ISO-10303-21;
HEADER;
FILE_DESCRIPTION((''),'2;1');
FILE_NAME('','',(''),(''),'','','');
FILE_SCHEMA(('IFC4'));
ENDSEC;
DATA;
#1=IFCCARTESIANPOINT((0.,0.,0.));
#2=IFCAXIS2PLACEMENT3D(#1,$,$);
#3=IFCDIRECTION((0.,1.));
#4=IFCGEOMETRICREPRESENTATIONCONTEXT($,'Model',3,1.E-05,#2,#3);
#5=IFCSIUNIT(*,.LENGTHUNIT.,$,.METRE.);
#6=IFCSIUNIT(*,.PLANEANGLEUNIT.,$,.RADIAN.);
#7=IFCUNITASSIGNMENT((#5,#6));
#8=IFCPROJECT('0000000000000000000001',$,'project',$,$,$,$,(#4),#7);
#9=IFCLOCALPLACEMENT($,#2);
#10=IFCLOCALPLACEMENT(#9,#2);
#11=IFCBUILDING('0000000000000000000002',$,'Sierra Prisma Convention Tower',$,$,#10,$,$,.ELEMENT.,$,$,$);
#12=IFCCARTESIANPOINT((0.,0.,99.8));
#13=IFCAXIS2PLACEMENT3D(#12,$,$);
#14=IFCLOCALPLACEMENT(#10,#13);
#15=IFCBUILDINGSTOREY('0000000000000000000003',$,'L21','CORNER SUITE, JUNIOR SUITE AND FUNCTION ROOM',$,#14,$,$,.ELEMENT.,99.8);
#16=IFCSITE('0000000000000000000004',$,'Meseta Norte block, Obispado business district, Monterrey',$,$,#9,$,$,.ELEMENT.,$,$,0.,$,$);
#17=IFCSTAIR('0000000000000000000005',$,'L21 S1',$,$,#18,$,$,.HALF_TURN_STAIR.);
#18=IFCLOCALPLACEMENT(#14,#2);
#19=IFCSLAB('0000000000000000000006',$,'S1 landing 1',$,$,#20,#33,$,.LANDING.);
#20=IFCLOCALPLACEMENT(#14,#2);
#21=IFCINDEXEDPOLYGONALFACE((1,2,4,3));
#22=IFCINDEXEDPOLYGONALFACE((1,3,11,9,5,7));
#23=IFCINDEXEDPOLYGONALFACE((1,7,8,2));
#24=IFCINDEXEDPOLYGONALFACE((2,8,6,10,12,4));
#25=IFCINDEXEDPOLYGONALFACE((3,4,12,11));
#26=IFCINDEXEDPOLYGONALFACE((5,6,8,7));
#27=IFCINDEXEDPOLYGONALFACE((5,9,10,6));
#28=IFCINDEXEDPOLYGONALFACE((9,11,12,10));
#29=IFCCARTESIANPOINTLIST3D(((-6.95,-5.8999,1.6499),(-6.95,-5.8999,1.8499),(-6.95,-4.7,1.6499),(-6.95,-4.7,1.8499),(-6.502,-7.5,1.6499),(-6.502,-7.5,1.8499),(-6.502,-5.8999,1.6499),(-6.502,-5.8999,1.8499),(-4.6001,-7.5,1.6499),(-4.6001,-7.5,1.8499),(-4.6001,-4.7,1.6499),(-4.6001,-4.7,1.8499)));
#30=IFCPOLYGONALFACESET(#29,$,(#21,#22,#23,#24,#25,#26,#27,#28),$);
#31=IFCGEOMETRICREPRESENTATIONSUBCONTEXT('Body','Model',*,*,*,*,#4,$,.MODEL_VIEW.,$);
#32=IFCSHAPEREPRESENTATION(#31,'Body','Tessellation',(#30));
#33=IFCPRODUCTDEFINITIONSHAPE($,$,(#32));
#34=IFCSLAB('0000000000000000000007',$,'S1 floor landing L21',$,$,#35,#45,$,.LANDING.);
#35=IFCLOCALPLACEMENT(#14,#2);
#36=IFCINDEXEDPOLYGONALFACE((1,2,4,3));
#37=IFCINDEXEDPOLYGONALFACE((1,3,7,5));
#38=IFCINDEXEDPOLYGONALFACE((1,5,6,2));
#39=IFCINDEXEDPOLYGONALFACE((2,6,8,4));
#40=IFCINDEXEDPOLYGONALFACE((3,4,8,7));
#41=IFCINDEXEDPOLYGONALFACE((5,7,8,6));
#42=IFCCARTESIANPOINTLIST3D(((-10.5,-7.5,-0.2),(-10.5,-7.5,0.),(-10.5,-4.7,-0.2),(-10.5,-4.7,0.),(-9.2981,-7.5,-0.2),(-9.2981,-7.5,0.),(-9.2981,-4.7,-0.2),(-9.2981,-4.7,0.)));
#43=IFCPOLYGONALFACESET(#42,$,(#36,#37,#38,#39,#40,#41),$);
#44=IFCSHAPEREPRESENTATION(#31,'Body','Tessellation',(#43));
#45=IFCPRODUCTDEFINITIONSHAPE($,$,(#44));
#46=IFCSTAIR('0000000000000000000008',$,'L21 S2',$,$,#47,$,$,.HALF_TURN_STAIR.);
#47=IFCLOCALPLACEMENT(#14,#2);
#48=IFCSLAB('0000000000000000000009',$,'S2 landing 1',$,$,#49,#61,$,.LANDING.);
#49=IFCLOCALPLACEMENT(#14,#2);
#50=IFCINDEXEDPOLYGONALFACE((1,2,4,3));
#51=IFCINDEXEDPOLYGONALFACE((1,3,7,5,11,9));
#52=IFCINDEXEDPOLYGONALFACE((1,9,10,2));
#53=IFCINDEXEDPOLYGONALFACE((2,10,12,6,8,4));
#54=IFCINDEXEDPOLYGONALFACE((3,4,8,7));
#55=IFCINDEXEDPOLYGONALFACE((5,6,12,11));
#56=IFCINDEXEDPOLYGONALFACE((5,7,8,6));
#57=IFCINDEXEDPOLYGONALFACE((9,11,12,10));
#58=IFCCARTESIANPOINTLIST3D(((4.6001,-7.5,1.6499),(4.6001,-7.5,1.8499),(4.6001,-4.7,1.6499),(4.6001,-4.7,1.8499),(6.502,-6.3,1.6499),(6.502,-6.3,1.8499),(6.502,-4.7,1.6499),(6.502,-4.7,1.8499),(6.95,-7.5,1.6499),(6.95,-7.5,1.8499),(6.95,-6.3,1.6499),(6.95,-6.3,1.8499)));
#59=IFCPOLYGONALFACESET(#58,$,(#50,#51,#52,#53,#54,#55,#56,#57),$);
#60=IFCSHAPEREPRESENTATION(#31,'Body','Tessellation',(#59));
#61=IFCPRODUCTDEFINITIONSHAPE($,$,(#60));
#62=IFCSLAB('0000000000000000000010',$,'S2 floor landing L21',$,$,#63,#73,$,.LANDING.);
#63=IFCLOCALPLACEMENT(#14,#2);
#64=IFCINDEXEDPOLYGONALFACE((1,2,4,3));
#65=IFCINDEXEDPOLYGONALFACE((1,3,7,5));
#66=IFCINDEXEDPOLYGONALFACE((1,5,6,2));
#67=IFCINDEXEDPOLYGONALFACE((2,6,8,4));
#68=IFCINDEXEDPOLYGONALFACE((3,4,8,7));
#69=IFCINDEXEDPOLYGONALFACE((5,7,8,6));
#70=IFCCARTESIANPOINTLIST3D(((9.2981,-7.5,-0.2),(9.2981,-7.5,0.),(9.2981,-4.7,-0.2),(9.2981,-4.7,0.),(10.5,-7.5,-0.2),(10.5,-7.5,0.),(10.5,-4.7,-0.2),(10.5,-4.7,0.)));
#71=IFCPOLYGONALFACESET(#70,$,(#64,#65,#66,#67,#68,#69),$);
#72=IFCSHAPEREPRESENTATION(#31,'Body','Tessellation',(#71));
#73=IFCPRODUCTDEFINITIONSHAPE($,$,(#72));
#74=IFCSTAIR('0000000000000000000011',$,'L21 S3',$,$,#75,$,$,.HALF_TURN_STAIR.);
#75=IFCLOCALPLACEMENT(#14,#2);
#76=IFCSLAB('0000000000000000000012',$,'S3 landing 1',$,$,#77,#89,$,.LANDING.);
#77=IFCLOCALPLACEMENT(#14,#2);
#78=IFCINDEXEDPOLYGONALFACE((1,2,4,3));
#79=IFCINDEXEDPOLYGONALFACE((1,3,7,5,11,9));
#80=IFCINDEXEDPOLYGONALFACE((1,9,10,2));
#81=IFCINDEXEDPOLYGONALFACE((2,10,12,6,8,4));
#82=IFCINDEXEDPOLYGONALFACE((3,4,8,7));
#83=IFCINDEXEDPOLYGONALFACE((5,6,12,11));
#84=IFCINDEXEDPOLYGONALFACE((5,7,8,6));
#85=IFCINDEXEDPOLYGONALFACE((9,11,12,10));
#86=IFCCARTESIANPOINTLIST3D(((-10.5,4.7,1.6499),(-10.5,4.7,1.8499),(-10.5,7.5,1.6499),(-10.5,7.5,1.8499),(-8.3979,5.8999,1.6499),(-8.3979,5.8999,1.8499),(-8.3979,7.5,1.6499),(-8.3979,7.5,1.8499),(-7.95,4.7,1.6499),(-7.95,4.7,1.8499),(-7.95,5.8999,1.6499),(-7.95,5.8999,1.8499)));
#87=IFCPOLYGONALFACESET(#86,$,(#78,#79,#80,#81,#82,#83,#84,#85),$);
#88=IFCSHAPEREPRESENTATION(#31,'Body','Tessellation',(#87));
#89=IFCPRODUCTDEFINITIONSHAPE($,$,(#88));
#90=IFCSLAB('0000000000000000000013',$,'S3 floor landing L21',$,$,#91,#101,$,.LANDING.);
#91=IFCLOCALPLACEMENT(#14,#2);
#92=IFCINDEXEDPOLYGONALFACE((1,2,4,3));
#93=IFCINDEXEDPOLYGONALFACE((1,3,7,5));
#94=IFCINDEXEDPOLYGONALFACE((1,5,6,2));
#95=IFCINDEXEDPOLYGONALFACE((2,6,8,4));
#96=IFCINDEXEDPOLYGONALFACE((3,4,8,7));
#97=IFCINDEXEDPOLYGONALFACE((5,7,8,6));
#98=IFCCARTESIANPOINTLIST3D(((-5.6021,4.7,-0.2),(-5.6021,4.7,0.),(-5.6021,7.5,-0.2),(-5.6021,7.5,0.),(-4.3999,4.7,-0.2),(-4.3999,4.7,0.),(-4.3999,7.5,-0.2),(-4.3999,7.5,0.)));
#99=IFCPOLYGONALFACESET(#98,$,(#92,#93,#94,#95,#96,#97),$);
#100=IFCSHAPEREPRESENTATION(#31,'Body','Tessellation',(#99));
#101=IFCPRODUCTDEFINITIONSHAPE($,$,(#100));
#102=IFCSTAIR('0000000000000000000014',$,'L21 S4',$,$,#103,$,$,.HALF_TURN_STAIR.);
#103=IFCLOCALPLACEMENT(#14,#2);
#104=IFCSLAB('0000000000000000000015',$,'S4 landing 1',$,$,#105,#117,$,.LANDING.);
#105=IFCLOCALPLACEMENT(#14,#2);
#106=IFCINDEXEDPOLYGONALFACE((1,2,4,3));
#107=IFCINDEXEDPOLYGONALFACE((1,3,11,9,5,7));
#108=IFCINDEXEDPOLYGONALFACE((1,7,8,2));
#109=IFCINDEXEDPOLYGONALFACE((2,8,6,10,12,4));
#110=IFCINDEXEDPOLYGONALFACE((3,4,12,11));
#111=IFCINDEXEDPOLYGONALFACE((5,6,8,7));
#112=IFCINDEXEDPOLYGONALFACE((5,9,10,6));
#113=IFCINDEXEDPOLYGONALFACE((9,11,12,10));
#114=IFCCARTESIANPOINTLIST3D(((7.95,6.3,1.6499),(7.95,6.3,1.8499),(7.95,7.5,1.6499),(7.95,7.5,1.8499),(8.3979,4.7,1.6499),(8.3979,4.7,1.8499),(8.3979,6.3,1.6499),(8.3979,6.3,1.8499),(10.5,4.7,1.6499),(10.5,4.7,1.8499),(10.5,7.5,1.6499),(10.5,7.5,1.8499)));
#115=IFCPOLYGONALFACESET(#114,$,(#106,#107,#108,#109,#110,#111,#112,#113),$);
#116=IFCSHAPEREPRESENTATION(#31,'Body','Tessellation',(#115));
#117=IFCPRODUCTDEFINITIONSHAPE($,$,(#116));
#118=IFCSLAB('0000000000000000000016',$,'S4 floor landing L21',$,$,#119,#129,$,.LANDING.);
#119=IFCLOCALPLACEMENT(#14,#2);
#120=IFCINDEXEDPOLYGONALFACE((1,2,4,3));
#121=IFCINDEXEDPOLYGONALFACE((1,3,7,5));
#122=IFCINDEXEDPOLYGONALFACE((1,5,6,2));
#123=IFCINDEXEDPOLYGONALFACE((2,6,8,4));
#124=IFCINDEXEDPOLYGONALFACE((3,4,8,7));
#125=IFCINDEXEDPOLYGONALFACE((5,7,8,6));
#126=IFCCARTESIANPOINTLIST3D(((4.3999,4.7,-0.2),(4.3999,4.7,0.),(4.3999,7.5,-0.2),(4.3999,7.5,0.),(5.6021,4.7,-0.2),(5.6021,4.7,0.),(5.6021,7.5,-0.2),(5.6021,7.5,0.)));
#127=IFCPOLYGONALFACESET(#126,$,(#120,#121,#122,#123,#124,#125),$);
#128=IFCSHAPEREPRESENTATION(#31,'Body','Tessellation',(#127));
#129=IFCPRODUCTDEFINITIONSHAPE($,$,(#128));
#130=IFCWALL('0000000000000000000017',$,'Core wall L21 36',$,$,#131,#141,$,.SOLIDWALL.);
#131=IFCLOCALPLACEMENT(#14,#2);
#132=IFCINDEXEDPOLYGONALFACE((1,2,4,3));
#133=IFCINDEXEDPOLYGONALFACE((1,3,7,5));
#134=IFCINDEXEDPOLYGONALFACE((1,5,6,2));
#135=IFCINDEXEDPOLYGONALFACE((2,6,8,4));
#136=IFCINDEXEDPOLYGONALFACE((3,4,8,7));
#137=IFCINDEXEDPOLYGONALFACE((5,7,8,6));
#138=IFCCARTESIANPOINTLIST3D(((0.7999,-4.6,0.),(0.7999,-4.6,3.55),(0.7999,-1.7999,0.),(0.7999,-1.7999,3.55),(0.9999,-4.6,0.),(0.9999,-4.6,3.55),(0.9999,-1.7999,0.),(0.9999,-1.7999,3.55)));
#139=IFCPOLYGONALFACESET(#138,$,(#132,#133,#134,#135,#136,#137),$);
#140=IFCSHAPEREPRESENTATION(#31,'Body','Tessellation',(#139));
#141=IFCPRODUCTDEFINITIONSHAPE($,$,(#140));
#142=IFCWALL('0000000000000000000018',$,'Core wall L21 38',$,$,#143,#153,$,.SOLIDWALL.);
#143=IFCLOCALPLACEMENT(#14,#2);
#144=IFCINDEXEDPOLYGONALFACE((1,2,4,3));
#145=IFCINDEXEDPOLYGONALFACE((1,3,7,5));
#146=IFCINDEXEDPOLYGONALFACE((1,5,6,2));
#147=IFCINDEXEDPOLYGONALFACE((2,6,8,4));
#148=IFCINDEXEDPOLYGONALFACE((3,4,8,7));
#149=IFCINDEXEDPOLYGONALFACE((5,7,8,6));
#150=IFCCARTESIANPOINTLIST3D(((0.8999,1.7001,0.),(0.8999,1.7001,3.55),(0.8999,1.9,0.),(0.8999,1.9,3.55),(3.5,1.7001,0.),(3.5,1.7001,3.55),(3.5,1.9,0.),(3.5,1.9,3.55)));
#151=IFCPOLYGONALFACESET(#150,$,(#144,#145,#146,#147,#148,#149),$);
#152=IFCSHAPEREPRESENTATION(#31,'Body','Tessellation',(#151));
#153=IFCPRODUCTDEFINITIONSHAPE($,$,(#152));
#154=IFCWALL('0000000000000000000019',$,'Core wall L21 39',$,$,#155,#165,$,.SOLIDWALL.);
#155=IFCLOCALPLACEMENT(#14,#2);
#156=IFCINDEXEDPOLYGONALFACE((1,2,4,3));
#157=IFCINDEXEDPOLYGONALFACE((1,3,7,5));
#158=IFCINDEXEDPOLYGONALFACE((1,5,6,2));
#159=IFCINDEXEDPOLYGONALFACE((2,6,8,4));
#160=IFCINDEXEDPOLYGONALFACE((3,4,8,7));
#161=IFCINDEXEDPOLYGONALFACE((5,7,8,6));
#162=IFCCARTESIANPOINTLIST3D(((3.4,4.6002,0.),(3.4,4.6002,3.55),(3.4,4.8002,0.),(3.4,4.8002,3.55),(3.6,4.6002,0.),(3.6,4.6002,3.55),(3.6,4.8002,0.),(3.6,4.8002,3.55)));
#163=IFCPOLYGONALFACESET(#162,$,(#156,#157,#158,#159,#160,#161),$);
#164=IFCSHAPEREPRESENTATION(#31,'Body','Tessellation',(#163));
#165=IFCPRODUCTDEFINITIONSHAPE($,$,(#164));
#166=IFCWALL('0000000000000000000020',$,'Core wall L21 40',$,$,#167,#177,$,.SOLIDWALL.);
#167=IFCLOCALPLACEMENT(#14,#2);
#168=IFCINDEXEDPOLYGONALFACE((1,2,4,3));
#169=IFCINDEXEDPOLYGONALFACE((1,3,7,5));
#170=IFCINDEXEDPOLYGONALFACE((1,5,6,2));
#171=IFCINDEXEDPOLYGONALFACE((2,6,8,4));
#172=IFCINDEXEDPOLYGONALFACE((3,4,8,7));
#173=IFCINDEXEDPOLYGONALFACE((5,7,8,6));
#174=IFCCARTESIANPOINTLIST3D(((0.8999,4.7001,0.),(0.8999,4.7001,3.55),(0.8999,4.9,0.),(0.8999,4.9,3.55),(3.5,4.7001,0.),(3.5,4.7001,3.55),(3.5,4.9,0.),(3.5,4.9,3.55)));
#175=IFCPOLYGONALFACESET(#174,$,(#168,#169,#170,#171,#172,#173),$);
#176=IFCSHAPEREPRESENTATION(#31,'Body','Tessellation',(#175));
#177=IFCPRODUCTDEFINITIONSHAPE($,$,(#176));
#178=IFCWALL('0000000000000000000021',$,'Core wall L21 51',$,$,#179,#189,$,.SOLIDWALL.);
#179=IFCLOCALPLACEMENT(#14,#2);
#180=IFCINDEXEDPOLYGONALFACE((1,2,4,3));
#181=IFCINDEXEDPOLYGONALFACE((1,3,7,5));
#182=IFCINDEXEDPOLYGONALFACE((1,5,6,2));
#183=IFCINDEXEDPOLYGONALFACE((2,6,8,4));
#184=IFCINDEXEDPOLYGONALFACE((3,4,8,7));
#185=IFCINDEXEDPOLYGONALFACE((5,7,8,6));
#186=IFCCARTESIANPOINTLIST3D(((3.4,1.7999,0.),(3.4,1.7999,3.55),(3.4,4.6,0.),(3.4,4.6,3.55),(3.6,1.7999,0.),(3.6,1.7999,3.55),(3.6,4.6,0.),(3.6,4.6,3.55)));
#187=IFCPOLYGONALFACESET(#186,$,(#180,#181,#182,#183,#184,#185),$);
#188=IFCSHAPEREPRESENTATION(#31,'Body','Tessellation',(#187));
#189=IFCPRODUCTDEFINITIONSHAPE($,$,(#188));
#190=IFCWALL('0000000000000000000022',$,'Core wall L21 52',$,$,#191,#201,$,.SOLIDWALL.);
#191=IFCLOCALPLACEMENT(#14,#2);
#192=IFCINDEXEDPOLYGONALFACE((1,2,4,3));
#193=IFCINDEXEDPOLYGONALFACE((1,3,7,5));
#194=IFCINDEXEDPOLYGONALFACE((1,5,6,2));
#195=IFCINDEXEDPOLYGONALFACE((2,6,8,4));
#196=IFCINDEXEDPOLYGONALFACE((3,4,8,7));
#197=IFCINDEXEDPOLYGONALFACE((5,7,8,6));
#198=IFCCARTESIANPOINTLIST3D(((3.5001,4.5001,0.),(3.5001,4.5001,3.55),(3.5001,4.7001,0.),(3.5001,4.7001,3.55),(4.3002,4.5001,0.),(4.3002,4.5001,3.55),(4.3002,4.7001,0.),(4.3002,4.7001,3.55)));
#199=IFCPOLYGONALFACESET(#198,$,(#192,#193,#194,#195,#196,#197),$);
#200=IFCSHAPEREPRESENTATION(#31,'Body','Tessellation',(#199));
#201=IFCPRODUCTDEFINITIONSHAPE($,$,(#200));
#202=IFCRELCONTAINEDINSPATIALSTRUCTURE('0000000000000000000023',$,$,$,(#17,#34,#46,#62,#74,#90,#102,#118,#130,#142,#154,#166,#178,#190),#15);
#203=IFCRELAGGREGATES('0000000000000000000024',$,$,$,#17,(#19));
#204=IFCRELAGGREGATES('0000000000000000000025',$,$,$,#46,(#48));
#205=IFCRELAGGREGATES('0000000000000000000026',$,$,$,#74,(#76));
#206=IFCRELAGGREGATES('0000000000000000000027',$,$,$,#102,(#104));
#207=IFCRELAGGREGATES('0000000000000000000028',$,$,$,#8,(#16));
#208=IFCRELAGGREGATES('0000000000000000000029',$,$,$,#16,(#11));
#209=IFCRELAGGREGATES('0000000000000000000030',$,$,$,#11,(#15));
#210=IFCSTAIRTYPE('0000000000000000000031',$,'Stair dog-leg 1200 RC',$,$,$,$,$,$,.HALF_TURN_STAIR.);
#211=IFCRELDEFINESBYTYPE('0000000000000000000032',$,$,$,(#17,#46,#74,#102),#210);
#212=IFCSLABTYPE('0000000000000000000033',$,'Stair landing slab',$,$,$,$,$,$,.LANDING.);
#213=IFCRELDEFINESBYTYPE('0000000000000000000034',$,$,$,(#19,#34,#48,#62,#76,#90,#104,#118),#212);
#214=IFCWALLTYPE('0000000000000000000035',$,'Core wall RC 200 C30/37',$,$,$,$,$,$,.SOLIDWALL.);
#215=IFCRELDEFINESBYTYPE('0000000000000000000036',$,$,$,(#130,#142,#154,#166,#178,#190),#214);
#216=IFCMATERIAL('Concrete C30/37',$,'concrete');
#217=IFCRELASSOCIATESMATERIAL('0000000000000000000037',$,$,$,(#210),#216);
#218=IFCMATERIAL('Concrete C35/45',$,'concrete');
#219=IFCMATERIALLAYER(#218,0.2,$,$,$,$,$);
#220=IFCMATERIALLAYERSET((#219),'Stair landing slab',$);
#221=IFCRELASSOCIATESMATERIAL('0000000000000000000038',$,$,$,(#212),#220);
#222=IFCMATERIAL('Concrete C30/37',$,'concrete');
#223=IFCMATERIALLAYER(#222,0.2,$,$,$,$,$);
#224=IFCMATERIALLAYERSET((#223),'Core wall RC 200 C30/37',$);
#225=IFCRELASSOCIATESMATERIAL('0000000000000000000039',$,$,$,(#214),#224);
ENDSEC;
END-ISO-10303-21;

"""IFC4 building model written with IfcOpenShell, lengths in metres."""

from ifc_helpers import new_model, si_unit, direction, frame, frame_2d, origin, place, context, subcontext, project, spatial, polyline, rectangle, outline, extrude, material, layer, layer_set, type_object, element, aggregate, save


model = new_model("IFC4")

# Units and contexts
model_context = context("Model", 3, precision=1e-05, world=origin(), true_north=direction((0.0, 1.0)))
body_context = subcontext(model_context, "Body", "Model", "MODEL_VIEW")
ifc_project = project(units=[si_unit("LENGTHUNIT", "METRE"), si_unit("PLANEANGLEUNIT", "RADIAN")], contexts=[model_context])

# Site, building, storey
site_placement = place(None, origin())
site = spatial("IfcSite", under=ifc_project, at=site_placement, Name="Meseta Norte block, Obispado business district, Monterrey", CompositionType="ELEMENT", RefElevation=0.0)
building_placement = place(site_placement, origin())
building = spatial("IfcBuilding", under=site, at=building_placement, Name="Sierra Prisma Convention Tower", CompositionType="ELEMENT")
storey_placement = place(building_placement, frame((0.0, 0.0, 99.8)))
storey = spatial("IfcBuildingStorey", under=building, at=storey_placement, Name="L21", Description="CORNER SUITE, JUNIOR SUITE AND FUNCTION ROOM", CompositionType="ELEMENT", Elevation=99.8)

# Stair, slab
ifc_material_1 = material(Name="Concrete C30/37", Category="concrete")
stair_type = type_object("IfcStairType", Name="Stair dog-leg 1200 RC", PredefinedType="HALF_TURN_STAIR", material=ifc_material_1)
stair_1_placement = place(storey_placement, origin())
stair_1 = element("IfcStair", 1, at=stair_1_placement, inside=storey, type_object=stair_type, Name="L21 S1", PredefinedType="HALF_TURN_STAIR")
ifc_material_2 = material(Name="Concrete C35/45", Category="concrete")
ifc_layer_1 = layer(ifc_material_2, 0.2)
ifc_layer_set_1 = layer_set([ifc_layer_1], Name="Stair landing slab")
slab_type = type_object("IfcSlabType", Name="Stair landing slab", PredefinedType="LANDING", material=ifc_layer_set_1)
slab_1_placement = place(storey_placement, frame((0.0, 0.0, 1.6499)))
slab_1 = element("IfcSlab", 2, at=slab_1_placement, type_object=slab_type, Name="S1 landing 1", PredefinedType="LANDING", context=body_context, shape_type="SweptSolid", body=[
    extrude(outline(polyline([(-4.6001, -4.7), (-4.6001, -7.5), (-6.502, -7.5), (-6.502, -5.8999), (-6.95, -5.8999), (-6.95, -4.7), (-4.6001, -4.7)])), origin(), (0.0, 0.0, 1.0), 0.2),
])
aggregate(stair_1, [slab_1])

# Slab
slab_2_placement = place(storey_placement, frame((0.0, 0.0, -0.2)))
element("IfcSlab", 3, at=slab_2_placement, inside=storey, type_object=slab_type, Name="S1 floor landing L21", PredefinedType="LANDING", context=body_context, shape_type="SweptSolid", body=[
    extrude(outline(polyline([(-10.5, -7.5), (-9.2981, -7.5), (-9.2981, -4.7), (-10.5, -4.7), (-10.5, -7.5)])), origin(), (0.0, 0.0, 1.0), 0.2),
])

# Stair, slab
stair_2_placement = place(storey_placement, origin())
stair_2 = element("IfcStair", 4, at=stair_2_placement, inside=storey, type_object=stair_type, Name="L21 S2", PredefinedType="HALF_TURN_STAIR")
slab_3_placement = place(storey_placement, frame((0.0, 0.0, 1.6499)))
slab_3 = element("IfcSlab", 5, at=slab_3_placement, type_object=slab_type, Name="S2 landing 1", PredefinedType="LANDING", context=body_context, shape_type="SweptSolid", body=[
    extrude(outline(polyline([(6.95, -6.3), (6.95, -7.5), (4.6001, -7.5), (4.6001, -4.7), (6.502, -4.7), (6.502, -6.3), (6.95, -6.3)])), origin(), (0.0, 0.0, 1.0), 0.2),
])
aggregate(stair_2, [slab_3])

# Slab
slab_4_placement = place(storey_placement, frame((0.0, 0.0, -0.2)))
element("IfcSlab", 6, at=slab_4_placement, inside=storey, type_object=slab_type, Name="S2 floor landing L21", PredefinedType="LANDING", context=body_context, shape_type="SweptSolid", body=[
    extrude(outline(polyline([(10.5, -4.7), (9.2981, -4.7), (9.2981, -7.5), (10.5, -7.5), (10.5, -4.7)])), origin(), (0.0, 0.0, 1.0), 0.2),
])

# Stair, slab
stair_3_placement = place(storey_placement, origin())
stair_3 = element("IfcStair", 7, at=stair_3_placement, inside=storey, type_object=stair_type, Name="L21 S3", PredefinedType="HALF_TURN_STAIR")
slab_5_placement = place(storey_placement, frame((0.0, 0.0, 1.6499)))
slab_5 = element("IfcSlab", 8, at=slab_5_placement, type_object=slab_type, Name="S3 landing 1", PredefinedType="LANDING", context=body_context, shape_type="SweptSolid", body=[
    extrude(outline(polyline([(-7.95, 5.8999), (-7.95, 4.7), (-10.5, 4.7), (-10.5, 7.5), (-8.3979, 7.5), (-8.3979, 5.8999), (-7.95, 5.8999)])), origin(), (0.0, 0.0, 1.0), 0.2),
])
aggregate(stair_3, [slab_5])

# Slab
slab_6_placement = place(storey_placement, frame((0.0, 0.0, -0.2)))
element("IfcSlab", 9, at=slab_6_placement, inside=storey, type_object=slab_type, Name="S3 floor landing L21", PredefinedType="LANDING", context=body_context, shape_type="SweptSolid", body=[
    extrude(outline(polyline([(-4.3999, 7.5), (-5.6021, 7.5), (-5.6021, 4.7), (-4.3999, 4.7), (-4.3999, 7.5)])), origin(), (0.0, 0.0, 1.0), 0.2),
])

# Stair, slab
stair_4_placement = place(storey_placement, origin())
stair_4 = element("IfcStair", 10, at=stair_4_placement, inside=storey, type_object=stair_type, Name="L21 S4", PredefinedType="HALF_TURN_STAIR")
slab_7_placement = place(storey_placement, frame((0.0, 0.0, 1.6499)))
slab_7 = element("IfcSlab", 11, at=slab_7_placement, type_object=slab_type, Name="S4 landing 1", PredefinedType="LANDING", context=body_context, shape_type="SweptSolid", body=[
    extrude(outline(polyline([(10.5, 7.5), (10.5, 4.7), (8.3979, 4.7), (8.3979, 6.3), (7.95, 6.3), (7.95, 7.5), (10.5, 7.5)])), origin(), (0.0, 0.0, 1.0), 0.2),
])

# Slab
slab_8_placement = place(storey_placement, frame((0.0, 0.0, -0.2)))
element("IfcSlab", 12, at=slab_8_placement, inside=storey, type_object=slab_type, Name="S4 floor landing L21", PredefinedType="LANDING", context=body_context, shape_type="SweptSolid", body=[
    extrude(outline(polyline([(4.3999, 4.7), (5.6021, 4.7), (5.6021, 7.5), (4.3999, 7.5), (4.3999, 4.7)])), origin(), (0.0, 0.0, 1.0), 0.2),
])

# Shared definitions
ifc_material_3 = material(Name="Concrete C30/37", Category="concrete")
ifc_layer_2 = layer(ifc_material_3, 0.2)
ifc_layer_set_2 = layer_set([ifc_layer_2], Name="Core wall RC 200 C30/37")
wall_type = type_object("IfcWallType", Name="Core wall RC 200 C30/37", PredefinedType="SOLIDWALL", material=ifc_layer_set_2)

# Walls
wall_1_placement = place(storey_placement, frame((0.8999, -1.8, 0.0), z_axis=(0.0, 0.0, 1.0), x_axis=(0.0, -1.0, 0.0)))
element("IfcWall", 13, at=wall_1_placement, inside=storey, type_object=wall_type, Name="Core wall L21 36", PredefinedType="SOLIDWALL", context=body_context, shape_type="SweptSolid", body=[
    extrude(rectangle(XDim=2.8, YDim=0.2, at=frame_2d((1.3999, 0.0))), origin(), (0.0, 0.0, 1.0), 3.55),
])
wall_2_placement = place(storey_placement, frame((3.5, 1.8, 0.0), z_axis=(0.0, 0.0, 1.0), x_axis=(-1.0, 0.0, 0.0)))
element("IfcWall", 14, at=wall_2_placement, inside=storey, type_object=wall_type, Name="Core wall L21 38", PredefinedType="SOLIDWALL", context=body_context, shape_type="SweptSolid", body=[
    extrude(rectangle(XDim=2.6001, YDim=0.2, at=frame_2d((1.3, 0.0))), origin(), (0.0, 0.0, 1.0), 3.55),
])
wall_3_placement = place(storey_placement, frame((3.5, 4.6001, 0.0), z_axis=(0.0, 0.0, 1.0), x_axis=(0.0, 1.0, 0.0)))
element("IfcWall", 15, at=wall_3_placement, inside=storey, type_object=wall_type, Name="Core wall L21 39", PredefinedType="SOLIDWALL", context=body_context, shape_type="SweptSolid", body=[
    extrude(rectangle(XDim=0.2, YDim=0.2, at=frame_2d((0.1001, 0.0))), origin(), (0.0, 0.0, 1.0), 3.55),
])
wall_4_placement = place(storey_placement, frame((3.5, 4.8, 0.0), z_axis=(0.0, 0.0, 1.0), x_axis=(-1.0, 0.0, 0.0)))
element("IfcWall", 16, at=wall_4_placement, inside=storey, type_object=wall_type, Name="Core wall L21 40", PredefinedType="SOLIDWALL", context=body_context, shape_type="SweptSolid", body=[
    extrude(rectangle(XDim=2.6001, YDim=0.2, at=frame_2d((1.3, 0.0))), origin(), (0.0, 0.0, 1.0), 3.55),
])

# Walls
wall_5_placement = place(storey_placement, frame((3.5, 1.8, 0.0), z_axis=(0.0, 0.0, 1.0), x_axis=(0.0, 1.0, 0.0)))
element("IfcWall", 17, at=wall_5_placement, inside=storey, type_object=wall_type, Name="Core wall L21 51", PredefinedType="SOLIDWALL", context=body_context, shape_type="SweptSolid", body=[
    extrude(rectangle(XDim=2.8, YDim=0.2, at=frame_2d((1.3999, 0.0))), origin(), (0.0, 0.0, 1.0), 3.55),
])
wall_6_placement = place(storey_placement, frame((4.3, 4.6001, 0.0), z_axis=(0.0, 0.0, 1.0), x_axis=(-1.0, 0.0, 0.0)))
element("IfcWall", 18, at=wall_6_placement, inside=storey, type_object=wall_type, Name="Core wall L21 52", PredefinedType="SOLIDWALL", context=body_context, shape_type="SweptSolid", body=[
    extrude(rectangle(XDim=0.8, YDim=0.2, at=frame_2d((0.3999, 0.0))), origin(), (0.0, 0.0, 1.0), 3.55),
])

aggregate(stair_4, [slab_7])

save(model, "model.ifc")
